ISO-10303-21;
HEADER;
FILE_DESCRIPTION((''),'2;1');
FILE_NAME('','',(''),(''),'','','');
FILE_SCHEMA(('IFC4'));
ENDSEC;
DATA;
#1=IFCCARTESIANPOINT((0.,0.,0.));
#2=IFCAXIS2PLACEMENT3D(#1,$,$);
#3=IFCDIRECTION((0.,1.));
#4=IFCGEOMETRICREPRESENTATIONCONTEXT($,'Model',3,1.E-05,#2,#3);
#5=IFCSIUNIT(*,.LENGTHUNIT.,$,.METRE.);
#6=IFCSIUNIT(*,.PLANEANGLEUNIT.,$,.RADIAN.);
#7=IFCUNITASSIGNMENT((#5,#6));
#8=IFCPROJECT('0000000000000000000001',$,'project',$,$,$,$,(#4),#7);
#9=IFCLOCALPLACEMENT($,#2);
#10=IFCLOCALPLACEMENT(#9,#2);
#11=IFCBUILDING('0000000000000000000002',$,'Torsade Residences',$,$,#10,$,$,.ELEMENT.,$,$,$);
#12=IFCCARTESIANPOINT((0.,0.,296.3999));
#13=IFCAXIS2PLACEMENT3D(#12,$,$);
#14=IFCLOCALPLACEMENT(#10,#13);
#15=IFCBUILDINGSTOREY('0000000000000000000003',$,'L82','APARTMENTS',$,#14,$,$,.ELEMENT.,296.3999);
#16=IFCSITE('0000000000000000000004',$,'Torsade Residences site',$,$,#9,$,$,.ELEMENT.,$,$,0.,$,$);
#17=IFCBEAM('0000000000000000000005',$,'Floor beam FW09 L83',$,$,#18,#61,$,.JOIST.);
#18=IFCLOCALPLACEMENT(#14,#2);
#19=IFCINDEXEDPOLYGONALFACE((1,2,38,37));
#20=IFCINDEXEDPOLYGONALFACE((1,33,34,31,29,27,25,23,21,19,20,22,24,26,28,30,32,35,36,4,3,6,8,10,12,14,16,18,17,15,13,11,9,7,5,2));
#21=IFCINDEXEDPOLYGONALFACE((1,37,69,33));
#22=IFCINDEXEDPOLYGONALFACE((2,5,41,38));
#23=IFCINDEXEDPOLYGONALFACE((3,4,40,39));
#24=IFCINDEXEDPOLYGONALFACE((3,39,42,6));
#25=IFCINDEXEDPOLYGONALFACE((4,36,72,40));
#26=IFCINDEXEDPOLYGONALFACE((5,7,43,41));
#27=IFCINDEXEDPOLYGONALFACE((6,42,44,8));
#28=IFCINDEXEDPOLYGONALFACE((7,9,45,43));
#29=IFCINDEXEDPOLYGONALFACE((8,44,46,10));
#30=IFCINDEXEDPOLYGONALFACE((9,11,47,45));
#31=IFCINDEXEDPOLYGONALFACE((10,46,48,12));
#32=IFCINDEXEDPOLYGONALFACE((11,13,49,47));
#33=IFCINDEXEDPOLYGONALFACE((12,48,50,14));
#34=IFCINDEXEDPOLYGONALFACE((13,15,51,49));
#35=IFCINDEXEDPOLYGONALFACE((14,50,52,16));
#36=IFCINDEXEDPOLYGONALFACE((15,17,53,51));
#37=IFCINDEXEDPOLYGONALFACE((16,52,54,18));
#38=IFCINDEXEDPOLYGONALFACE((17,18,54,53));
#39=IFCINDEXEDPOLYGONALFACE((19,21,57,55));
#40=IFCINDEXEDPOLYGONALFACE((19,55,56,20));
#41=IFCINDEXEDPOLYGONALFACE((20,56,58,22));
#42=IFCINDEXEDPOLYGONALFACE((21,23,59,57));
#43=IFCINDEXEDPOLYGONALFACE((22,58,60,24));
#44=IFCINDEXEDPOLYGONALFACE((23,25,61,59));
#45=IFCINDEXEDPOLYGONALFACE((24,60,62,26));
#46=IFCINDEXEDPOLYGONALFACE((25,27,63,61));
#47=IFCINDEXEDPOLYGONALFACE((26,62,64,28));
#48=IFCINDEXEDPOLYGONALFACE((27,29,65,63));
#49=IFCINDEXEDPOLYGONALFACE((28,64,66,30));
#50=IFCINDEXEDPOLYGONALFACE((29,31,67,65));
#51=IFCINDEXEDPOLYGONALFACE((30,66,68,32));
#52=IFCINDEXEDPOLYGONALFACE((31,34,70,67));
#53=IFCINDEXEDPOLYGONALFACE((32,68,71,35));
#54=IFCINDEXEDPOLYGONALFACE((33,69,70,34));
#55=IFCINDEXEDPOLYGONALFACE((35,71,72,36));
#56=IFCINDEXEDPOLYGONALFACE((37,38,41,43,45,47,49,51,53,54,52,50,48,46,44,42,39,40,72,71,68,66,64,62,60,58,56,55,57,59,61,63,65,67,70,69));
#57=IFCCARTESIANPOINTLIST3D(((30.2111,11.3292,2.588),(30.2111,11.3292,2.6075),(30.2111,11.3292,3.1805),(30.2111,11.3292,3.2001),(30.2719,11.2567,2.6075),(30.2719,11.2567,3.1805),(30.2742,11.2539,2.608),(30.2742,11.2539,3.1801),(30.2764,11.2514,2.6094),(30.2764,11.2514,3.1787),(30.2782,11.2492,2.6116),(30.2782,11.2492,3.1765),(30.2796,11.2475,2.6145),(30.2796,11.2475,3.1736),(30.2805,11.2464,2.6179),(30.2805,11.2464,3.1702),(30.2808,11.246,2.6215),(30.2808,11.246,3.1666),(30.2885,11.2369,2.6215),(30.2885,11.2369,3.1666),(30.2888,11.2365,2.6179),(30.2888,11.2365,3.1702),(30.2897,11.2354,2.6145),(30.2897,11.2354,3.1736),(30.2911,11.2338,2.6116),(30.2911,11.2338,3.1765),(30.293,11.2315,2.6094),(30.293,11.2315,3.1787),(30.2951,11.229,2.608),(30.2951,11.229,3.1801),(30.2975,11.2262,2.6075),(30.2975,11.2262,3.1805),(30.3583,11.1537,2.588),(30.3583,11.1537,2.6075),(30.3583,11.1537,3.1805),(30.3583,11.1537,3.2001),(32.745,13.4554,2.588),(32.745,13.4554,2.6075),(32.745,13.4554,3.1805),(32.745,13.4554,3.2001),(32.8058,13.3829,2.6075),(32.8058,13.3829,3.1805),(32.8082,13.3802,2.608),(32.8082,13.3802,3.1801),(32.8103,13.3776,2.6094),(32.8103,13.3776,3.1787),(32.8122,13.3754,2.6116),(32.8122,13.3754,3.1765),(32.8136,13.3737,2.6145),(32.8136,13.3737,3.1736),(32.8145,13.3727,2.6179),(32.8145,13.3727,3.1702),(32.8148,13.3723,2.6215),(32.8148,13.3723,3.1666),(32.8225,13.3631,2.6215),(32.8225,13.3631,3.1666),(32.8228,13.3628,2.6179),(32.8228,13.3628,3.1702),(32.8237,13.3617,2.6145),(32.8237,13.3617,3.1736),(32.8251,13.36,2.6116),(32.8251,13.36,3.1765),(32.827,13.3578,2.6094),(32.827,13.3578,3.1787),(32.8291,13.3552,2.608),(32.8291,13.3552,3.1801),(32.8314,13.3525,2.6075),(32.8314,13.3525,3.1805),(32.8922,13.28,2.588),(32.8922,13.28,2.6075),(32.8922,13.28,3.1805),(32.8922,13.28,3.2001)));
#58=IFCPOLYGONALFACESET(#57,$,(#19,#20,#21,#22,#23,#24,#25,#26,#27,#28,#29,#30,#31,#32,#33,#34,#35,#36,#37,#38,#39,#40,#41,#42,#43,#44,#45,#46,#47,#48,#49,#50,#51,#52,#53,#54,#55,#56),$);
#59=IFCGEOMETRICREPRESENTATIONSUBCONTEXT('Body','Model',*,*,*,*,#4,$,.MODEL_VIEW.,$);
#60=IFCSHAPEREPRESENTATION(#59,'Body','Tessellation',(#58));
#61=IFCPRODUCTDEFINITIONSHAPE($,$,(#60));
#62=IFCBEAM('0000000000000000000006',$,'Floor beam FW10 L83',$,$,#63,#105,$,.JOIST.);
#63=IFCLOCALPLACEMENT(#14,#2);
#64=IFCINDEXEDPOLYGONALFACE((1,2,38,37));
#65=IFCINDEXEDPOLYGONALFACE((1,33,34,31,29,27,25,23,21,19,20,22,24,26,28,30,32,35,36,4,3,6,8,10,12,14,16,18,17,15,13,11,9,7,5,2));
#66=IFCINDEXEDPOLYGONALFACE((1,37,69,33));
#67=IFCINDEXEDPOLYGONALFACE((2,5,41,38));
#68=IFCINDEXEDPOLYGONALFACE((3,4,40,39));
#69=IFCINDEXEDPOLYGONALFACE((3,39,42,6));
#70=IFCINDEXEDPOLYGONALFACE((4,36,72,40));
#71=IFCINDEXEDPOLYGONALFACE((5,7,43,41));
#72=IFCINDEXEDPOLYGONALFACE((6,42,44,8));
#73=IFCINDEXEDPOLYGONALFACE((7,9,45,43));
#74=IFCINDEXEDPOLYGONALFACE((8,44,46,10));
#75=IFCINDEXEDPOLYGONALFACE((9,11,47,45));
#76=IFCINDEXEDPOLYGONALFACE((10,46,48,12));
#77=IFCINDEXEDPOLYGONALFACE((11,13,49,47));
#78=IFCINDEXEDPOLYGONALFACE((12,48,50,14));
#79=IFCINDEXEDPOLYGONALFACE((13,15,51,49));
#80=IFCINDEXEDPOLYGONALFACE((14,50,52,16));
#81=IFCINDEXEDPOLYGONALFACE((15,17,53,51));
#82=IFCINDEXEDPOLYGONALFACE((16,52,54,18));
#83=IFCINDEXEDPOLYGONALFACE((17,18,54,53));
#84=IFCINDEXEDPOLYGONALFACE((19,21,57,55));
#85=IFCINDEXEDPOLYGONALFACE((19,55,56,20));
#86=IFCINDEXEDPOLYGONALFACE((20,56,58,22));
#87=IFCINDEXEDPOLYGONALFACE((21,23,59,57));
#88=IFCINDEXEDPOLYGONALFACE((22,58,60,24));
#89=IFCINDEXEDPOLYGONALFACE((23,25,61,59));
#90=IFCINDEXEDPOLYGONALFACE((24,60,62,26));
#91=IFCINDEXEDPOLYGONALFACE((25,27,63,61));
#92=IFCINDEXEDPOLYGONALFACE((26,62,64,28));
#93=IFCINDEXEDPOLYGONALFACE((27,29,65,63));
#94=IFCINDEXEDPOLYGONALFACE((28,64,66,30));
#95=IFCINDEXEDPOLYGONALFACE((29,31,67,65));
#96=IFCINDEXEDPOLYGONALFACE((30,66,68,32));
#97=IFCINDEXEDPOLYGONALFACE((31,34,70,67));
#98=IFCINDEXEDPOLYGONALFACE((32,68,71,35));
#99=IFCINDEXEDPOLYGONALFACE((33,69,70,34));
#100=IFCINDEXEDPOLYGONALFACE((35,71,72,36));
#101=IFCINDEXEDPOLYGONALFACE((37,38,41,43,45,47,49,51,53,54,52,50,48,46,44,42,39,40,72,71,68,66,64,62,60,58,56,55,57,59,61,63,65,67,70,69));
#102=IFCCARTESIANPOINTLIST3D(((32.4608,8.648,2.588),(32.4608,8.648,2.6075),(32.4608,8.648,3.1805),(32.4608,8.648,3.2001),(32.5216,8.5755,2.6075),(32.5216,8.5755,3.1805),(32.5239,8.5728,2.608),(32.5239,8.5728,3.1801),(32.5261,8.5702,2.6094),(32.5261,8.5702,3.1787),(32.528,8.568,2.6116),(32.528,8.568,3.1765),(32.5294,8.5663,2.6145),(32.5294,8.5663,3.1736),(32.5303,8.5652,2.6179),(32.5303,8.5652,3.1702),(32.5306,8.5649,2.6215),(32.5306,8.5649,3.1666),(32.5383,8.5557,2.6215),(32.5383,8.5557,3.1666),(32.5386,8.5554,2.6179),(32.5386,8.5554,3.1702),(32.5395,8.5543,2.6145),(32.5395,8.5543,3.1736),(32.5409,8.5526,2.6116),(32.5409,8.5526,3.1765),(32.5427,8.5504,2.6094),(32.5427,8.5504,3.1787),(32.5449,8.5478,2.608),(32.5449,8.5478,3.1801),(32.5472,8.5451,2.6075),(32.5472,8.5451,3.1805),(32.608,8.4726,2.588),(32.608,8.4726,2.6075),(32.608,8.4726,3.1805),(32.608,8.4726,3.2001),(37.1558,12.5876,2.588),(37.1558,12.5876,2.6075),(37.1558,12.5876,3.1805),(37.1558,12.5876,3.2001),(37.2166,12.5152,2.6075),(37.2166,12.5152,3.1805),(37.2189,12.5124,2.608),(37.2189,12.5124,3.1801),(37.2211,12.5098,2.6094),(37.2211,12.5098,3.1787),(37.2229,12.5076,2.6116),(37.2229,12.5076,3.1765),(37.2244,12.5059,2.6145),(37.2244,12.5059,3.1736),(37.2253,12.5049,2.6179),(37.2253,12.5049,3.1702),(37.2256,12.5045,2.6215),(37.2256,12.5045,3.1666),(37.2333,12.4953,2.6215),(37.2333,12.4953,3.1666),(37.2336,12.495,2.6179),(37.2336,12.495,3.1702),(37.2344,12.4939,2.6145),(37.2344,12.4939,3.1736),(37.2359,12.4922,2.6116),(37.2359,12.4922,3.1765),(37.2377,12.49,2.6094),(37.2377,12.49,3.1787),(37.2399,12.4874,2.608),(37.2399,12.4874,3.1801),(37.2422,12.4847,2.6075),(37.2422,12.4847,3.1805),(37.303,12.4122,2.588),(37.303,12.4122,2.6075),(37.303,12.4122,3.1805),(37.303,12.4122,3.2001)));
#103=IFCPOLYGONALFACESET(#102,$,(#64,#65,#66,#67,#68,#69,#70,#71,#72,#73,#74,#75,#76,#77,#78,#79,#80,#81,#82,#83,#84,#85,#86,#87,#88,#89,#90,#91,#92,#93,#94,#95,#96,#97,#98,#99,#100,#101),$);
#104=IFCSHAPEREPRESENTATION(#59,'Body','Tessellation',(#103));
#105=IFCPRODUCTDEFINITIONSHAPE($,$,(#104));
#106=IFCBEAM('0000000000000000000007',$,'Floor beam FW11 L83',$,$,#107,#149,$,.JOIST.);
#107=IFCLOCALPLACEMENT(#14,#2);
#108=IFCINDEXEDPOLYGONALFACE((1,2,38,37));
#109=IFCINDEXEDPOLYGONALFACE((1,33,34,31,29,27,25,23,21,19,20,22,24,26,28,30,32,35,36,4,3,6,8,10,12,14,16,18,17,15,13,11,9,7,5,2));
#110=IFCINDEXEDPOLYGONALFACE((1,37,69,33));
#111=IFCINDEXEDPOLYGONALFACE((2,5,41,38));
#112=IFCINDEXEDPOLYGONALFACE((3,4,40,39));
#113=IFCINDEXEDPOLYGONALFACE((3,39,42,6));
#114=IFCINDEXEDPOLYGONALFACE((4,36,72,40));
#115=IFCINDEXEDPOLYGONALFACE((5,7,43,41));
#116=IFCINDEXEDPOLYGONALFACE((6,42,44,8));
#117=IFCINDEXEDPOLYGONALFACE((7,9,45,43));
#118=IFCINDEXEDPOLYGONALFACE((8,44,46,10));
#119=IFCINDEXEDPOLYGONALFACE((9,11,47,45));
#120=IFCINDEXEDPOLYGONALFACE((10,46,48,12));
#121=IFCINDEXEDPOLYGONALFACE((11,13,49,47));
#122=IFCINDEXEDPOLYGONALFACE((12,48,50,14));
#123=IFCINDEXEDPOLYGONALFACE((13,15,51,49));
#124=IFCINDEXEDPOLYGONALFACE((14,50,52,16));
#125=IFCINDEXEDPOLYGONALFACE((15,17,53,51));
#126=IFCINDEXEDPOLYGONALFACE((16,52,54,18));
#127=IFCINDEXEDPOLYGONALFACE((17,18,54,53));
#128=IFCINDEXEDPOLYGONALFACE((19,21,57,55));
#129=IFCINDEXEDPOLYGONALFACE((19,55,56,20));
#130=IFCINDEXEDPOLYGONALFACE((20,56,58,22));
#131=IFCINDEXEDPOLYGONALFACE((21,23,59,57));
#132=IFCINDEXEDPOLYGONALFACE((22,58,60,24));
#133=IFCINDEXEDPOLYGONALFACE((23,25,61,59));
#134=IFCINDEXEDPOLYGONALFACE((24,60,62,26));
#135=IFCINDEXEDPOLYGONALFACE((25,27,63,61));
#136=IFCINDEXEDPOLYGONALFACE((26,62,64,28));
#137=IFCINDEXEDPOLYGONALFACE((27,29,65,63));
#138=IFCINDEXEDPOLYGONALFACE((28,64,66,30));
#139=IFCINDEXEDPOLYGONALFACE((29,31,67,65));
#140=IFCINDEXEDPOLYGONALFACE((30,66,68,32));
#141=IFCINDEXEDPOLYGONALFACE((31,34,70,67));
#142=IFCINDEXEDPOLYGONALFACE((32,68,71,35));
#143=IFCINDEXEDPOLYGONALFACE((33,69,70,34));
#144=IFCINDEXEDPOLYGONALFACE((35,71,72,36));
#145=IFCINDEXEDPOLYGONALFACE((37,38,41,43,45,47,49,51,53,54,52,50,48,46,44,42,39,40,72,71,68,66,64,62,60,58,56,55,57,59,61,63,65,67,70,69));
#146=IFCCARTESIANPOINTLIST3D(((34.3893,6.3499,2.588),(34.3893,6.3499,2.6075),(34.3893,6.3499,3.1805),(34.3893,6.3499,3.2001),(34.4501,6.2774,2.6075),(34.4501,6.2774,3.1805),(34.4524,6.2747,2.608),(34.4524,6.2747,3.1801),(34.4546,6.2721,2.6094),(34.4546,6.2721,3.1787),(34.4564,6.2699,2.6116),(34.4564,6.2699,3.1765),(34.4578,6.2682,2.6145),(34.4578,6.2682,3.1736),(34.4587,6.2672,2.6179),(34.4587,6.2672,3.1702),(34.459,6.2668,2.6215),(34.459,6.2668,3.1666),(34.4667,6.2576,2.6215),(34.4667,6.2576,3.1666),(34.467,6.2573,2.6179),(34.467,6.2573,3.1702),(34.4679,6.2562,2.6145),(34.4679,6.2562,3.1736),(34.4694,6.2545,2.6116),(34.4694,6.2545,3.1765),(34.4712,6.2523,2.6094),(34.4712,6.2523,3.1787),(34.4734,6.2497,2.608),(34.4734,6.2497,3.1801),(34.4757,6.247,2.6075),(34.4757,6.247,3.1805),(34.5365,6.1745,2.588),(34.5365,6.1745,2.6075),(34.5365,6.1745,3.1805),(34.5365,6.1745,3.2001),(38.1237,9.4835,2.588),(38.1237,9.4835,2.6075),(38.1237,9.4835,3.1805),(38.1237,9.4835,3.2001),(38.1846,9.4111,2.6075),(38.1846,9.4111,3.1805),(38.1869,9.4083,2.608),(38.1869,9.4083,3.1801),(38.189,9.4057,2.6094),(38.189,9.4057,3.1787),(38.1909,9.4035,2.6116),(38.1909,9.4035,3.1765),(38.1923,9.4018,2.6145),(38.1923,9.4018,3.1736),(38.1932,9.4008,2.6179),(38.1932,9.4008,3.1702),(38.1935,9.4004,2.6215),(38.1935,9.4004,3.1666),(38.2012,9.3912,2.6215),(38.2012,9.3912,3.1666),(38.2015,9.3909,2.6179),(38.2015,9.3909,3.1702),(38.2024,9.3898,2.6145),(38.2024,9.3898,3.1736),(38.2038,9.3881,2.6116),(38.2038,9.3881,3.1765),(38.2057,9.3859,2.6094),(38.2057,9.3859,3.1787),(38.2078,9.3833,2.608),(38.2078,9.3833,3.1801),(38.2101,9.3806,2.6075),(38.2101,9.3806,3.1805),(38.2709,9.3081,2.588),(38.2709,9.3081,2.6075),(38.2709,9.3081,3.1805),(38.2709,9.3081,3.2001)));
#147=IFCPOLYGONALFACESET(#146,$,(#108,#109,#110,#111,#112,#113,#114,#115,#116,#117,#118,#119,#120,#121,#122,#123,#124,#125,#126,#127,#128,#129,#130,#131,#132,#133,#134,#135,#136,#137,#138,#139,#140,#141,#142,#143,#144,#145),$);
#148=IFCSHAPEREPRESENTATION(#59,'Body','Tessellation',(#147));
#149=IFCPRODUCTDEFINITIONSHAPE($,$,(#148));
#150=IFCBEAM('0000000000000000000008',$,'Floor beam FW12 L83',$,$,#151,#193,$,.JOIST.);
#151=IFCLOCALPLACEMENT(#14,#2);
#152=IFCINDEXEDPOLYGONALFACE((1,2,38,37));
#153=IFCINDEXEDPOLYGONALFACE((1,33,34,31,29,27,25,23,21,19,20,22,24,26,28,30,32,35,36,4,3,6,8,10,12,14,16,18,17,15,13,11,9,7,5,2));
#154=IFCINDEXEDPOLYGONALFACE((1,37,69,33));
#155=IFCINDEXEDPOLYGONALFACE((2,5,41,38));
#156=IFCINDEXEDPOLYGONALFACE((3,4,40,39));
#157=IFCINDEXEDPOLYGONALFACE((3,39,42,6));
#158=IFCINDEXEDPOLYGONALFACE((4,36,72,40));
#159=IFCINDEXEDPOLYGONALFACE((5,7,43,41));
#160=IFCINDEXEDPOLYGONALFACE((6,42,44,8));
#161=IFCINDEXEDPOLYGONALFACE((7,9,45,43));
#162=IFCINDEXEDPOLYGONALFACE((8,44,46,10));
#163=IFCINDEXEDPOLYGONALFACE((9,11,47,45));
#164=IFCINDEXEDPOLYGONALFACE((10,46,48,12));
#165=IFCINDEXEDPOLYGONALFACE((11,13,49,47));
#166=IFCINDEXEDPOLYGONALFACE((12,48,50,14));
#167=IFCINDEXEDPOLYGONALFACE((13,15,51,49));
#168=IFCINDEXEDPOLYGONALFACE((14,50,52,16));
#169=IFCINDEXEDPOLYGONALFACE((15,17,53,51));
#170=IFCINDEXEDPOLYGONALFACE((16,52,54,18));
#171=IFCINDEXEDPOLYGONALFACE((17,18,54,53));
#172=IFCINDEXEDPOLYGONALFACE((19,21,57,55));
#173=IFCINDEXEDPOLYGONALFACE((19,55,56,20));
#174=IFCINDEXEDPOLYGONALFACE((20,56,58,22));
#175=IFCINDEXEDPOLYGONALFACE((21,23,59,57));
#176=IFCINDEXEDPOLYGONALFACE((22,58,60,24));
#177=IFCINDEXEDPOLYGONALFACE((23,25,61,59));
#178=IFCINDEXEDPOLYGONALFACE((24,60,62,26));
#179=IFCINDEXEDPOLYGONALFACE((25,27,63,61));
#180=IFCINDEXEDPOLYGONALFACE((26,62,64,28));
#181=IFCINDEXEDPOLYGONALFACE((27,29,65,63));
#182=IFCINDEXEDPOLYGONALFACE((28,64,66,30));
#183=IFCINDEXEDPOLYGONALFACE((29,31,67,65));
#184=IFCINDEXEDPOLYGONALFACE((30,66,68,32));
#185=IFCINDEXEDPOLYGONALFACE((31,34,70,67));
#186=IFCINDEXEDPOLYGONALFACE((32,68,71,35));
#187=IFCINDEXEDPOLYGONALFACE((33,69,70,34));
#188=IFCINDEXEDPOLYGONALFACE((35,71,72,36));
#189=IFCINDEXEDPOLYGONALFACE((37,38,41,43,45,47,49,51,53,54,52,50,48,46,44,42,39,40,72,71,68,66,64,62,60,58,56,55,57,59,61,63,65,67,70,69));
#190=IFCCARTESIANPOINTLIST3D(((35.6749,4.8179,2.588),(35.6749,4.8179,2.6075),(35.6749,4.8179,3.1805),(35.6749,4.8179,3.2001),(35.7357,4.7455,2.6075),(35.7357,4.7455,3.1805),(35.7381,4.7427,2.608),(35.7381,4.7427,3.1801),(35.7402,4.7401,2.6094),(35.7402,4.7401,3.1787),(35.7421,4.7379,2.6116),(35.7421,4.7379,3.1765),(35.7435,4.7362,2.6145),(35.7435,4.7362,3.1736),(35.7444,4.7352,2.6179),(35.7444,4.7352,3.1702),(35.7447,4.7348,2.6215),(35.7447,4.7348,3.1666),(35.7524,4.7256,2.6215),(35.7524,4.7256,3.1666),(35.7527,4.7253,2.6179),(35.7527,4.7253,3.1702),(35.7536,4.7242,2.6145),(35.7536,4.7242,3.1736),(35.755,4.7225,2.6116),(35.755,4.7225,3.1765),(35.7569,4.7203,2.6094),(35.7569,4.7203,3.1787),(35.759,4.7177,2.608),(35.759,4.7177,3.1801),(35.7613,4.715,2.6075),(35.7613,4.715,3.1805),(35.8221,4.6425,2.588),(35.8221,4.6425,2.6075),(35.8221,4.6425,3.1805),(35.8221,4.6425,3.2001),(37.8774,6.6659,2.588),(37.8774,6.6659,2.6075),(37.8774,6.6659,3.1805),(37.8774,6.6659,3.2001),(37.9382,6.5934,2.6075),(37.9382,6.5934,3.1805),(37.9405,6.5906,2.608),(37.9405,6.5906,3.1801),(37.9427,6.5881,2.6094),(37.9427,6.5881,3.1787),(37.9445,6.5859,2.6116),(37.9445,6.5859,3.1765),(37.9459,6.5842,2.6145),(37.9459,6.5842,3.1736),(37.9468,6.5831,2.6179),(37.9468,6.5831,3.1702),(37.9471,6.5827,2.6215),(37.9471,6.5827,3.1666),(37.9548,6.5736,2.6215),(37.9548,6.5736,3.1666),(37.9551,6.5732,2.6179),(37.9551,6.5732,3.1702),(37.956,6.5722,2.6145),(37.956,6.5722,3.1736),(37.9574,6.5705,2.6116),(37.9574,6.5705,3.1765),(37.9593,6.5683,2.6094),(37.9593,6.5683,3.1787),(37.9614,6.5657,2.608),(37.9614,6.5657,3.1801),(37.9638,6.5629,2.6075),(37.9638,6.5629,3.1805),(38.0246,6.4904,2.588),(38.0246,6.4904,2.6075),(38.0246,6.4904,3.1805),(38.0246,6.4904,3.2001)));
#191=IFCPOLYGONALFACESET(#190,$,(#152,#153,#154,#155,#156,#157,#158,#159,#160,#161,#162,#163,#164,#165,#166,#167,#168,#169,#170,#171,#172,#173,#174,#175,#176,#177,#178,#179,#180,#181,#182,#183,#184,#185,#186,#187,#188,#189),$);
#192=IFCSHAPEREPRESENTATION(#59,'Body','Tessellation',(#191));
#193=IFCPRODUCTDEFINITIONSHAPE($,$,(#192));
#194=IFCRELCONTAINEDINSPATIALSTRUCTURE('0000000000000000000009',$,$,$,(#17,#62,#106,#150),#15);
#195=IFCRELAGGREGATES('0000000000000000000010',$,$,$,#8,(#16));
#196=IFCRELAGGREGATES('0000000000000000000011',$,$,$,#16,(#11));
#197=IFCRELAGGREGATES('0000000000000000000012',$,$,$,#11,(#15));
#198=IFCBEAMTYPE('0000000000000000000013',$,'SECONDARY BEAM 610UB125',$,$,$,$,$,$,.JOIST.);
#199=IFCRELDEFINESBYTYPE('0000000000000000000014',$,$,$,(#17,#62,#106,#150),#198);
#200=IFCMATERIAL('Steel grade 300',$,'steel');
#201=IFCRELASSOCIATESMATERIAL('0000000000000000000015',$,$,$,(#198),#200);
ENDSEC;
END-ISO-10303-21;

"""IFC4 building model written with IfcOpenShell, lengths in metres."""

from ifc_helpers import new_model, si_unit, direction, frame, origin, origin_2d, place, context, subcontext, project, spatial, i_section, extrude, material, material_profile, profile_set, type_object, element, save


model = new_model("IFC4")

# Units and contexts
model_context = context("Model", 3, precision=1e-05, world=origin(), true_north=direction((0.0, 1.0)))
body_context = subcontext(model_context, "Body", "Model", "MODEL_VIEW")
ifc_project = project(units=[si_unit("LENGTHUNIT", "METRE"), si_unit("PLANEANGLEUNIT", "RADIAN")], contexts=[model_context])

# Site, building, storey
site_placement = place(None, origin())
site = spatial("IfcSite", under=ifc_project, at=site_placement, Name="Torsade Residences site", CompositionType="ELEMENT", RefElevation=0.0)
building_placement = place(site_placement, origin())
building = spatial("IfcBuilding", under=site, at=building_placement, Name="Torsade Residences", CompositionType="ELEMENT")
storey_placement = place(building_placement, frame((0.0, 0.0, 296.3999)))
storey = spatial("IfcBuildingStorey", under=building, at=storey_placement, Name="L82", Description="APARTMENTS", CompositionType="ELEMENT", Elevation=296.3999)

# Beams
ifc_material_1 = material(Name="Steel grade 300", Category="steel")
ifc_material_profile_1 = material_profile(ifc_material_1, i_section(OverallWidth=0.229, OverallDepth=0.6121, WebThickness=0.012, FlangeThickness=0.0195, FilletRadius=0.0139, at=origin_2d()), Name="610UB125")
ifc_profile_set_1 = profile_set([ifc_material_profile_1], Name="Steel grade 300")
beam_type_1 = type_object("IfcBeamType", Name="SECONDARY BEAM 610UB125", PredefinedType="JOIST", material=ifc_profile_set_1)
beam_1_placement = place(storey_placement, frame((30.2847, 11.2415, 2.894), z_axis=(0.766045, 0.642787, 0.0), x_axis=(-0.642787, 0.766045, 0.0)))
element("IfcBeam", 1, at=beam_1_placement, inside=storey, type_object=beam_type_1, Name="Floor beam FW09 L83", PredefinedType="JOIST", context=body_context, shape_type="SweptSolid", body=[
    extrude(i_section(OverallWidth=0.229, OverallDepth=0.6121, WebThickness=0.012, FlangeThickness=0.0195, FilletRadius=0.0139, at=origin_2d()), origin(), (0.0, 0.0, 1.0), 3.3079),
])
beam_2_placement = place(storey_placement, frame((32.5344, 8.5603, 2.894), z_axis=(0.766039, 0.642794, 0.0), x_axis=(-0.642794, 0.766039, 0.0)))
element("IfcBeam", 2, at=beam_2_placement, inside=storey, type_object=beam_type_1, Name="Floor beam FW10 L83", PredefinedType="JOIST", context=body_context, shape_type="SweptSolid", body=[
    extrude(i_section(OverallWidth=0.229, OverallDepth=0.6121, WebThickness=0.012, FlangeThickness=0.0195, FilletRadius=0.0139, at=origin_2d()), origin(), (0.0, 0.0, 1.0), 6.1289),
])
beam_3_placement = place(storey_placement, frame((34.4629, 6.2622, 2.894), z_axis=(0.766041, 0.642791, 0.0), x_axis=(-0.642791, 0.766041, 0.0)))
element("IfcBeam", 3, at=beam_3_placement, inside=storey, type_object=beam_type_1, Name="Floor beam FW11 L83", PredefinedType="JOIST", context=body_context, shape_type="SweptSolid", body=[
    extrude(i_section(OverallWidth=0.229, OverallDepth=0.6121, WebThickness=0.012, FlangeThickness=0.0195, FilletRadius=0.0139, at=origin_2d()), origin(), (0.0, 0.0, 1.0), 4.875),
])
beam_4_placement = place(storey_placement, frame((35.7485, 4.7302, 2.894), z_axis=(0.766066, 0.642762, 0.0), x_axis=(-0.642762, 0.766066, 0.0)))
element("IfcBeam", 4, at=beam_4_placement, inside=storey, type_object=beam_type_1, Name="Floor beam FW12 L83", PredefinedType="JOIST", context=body_context, shape_type="SweptSolid", body=[
    extrude(i_section(OverallWidth=0.229, OverallDepth=0.6121, WebThickness=0.012, FlangeThickness=0.0195, FilletRadius=0.0139, at=origin_2d()), origin(), (0.0, 0.0, 1.0), 2.875),
])

save(model, "model.ifc")
